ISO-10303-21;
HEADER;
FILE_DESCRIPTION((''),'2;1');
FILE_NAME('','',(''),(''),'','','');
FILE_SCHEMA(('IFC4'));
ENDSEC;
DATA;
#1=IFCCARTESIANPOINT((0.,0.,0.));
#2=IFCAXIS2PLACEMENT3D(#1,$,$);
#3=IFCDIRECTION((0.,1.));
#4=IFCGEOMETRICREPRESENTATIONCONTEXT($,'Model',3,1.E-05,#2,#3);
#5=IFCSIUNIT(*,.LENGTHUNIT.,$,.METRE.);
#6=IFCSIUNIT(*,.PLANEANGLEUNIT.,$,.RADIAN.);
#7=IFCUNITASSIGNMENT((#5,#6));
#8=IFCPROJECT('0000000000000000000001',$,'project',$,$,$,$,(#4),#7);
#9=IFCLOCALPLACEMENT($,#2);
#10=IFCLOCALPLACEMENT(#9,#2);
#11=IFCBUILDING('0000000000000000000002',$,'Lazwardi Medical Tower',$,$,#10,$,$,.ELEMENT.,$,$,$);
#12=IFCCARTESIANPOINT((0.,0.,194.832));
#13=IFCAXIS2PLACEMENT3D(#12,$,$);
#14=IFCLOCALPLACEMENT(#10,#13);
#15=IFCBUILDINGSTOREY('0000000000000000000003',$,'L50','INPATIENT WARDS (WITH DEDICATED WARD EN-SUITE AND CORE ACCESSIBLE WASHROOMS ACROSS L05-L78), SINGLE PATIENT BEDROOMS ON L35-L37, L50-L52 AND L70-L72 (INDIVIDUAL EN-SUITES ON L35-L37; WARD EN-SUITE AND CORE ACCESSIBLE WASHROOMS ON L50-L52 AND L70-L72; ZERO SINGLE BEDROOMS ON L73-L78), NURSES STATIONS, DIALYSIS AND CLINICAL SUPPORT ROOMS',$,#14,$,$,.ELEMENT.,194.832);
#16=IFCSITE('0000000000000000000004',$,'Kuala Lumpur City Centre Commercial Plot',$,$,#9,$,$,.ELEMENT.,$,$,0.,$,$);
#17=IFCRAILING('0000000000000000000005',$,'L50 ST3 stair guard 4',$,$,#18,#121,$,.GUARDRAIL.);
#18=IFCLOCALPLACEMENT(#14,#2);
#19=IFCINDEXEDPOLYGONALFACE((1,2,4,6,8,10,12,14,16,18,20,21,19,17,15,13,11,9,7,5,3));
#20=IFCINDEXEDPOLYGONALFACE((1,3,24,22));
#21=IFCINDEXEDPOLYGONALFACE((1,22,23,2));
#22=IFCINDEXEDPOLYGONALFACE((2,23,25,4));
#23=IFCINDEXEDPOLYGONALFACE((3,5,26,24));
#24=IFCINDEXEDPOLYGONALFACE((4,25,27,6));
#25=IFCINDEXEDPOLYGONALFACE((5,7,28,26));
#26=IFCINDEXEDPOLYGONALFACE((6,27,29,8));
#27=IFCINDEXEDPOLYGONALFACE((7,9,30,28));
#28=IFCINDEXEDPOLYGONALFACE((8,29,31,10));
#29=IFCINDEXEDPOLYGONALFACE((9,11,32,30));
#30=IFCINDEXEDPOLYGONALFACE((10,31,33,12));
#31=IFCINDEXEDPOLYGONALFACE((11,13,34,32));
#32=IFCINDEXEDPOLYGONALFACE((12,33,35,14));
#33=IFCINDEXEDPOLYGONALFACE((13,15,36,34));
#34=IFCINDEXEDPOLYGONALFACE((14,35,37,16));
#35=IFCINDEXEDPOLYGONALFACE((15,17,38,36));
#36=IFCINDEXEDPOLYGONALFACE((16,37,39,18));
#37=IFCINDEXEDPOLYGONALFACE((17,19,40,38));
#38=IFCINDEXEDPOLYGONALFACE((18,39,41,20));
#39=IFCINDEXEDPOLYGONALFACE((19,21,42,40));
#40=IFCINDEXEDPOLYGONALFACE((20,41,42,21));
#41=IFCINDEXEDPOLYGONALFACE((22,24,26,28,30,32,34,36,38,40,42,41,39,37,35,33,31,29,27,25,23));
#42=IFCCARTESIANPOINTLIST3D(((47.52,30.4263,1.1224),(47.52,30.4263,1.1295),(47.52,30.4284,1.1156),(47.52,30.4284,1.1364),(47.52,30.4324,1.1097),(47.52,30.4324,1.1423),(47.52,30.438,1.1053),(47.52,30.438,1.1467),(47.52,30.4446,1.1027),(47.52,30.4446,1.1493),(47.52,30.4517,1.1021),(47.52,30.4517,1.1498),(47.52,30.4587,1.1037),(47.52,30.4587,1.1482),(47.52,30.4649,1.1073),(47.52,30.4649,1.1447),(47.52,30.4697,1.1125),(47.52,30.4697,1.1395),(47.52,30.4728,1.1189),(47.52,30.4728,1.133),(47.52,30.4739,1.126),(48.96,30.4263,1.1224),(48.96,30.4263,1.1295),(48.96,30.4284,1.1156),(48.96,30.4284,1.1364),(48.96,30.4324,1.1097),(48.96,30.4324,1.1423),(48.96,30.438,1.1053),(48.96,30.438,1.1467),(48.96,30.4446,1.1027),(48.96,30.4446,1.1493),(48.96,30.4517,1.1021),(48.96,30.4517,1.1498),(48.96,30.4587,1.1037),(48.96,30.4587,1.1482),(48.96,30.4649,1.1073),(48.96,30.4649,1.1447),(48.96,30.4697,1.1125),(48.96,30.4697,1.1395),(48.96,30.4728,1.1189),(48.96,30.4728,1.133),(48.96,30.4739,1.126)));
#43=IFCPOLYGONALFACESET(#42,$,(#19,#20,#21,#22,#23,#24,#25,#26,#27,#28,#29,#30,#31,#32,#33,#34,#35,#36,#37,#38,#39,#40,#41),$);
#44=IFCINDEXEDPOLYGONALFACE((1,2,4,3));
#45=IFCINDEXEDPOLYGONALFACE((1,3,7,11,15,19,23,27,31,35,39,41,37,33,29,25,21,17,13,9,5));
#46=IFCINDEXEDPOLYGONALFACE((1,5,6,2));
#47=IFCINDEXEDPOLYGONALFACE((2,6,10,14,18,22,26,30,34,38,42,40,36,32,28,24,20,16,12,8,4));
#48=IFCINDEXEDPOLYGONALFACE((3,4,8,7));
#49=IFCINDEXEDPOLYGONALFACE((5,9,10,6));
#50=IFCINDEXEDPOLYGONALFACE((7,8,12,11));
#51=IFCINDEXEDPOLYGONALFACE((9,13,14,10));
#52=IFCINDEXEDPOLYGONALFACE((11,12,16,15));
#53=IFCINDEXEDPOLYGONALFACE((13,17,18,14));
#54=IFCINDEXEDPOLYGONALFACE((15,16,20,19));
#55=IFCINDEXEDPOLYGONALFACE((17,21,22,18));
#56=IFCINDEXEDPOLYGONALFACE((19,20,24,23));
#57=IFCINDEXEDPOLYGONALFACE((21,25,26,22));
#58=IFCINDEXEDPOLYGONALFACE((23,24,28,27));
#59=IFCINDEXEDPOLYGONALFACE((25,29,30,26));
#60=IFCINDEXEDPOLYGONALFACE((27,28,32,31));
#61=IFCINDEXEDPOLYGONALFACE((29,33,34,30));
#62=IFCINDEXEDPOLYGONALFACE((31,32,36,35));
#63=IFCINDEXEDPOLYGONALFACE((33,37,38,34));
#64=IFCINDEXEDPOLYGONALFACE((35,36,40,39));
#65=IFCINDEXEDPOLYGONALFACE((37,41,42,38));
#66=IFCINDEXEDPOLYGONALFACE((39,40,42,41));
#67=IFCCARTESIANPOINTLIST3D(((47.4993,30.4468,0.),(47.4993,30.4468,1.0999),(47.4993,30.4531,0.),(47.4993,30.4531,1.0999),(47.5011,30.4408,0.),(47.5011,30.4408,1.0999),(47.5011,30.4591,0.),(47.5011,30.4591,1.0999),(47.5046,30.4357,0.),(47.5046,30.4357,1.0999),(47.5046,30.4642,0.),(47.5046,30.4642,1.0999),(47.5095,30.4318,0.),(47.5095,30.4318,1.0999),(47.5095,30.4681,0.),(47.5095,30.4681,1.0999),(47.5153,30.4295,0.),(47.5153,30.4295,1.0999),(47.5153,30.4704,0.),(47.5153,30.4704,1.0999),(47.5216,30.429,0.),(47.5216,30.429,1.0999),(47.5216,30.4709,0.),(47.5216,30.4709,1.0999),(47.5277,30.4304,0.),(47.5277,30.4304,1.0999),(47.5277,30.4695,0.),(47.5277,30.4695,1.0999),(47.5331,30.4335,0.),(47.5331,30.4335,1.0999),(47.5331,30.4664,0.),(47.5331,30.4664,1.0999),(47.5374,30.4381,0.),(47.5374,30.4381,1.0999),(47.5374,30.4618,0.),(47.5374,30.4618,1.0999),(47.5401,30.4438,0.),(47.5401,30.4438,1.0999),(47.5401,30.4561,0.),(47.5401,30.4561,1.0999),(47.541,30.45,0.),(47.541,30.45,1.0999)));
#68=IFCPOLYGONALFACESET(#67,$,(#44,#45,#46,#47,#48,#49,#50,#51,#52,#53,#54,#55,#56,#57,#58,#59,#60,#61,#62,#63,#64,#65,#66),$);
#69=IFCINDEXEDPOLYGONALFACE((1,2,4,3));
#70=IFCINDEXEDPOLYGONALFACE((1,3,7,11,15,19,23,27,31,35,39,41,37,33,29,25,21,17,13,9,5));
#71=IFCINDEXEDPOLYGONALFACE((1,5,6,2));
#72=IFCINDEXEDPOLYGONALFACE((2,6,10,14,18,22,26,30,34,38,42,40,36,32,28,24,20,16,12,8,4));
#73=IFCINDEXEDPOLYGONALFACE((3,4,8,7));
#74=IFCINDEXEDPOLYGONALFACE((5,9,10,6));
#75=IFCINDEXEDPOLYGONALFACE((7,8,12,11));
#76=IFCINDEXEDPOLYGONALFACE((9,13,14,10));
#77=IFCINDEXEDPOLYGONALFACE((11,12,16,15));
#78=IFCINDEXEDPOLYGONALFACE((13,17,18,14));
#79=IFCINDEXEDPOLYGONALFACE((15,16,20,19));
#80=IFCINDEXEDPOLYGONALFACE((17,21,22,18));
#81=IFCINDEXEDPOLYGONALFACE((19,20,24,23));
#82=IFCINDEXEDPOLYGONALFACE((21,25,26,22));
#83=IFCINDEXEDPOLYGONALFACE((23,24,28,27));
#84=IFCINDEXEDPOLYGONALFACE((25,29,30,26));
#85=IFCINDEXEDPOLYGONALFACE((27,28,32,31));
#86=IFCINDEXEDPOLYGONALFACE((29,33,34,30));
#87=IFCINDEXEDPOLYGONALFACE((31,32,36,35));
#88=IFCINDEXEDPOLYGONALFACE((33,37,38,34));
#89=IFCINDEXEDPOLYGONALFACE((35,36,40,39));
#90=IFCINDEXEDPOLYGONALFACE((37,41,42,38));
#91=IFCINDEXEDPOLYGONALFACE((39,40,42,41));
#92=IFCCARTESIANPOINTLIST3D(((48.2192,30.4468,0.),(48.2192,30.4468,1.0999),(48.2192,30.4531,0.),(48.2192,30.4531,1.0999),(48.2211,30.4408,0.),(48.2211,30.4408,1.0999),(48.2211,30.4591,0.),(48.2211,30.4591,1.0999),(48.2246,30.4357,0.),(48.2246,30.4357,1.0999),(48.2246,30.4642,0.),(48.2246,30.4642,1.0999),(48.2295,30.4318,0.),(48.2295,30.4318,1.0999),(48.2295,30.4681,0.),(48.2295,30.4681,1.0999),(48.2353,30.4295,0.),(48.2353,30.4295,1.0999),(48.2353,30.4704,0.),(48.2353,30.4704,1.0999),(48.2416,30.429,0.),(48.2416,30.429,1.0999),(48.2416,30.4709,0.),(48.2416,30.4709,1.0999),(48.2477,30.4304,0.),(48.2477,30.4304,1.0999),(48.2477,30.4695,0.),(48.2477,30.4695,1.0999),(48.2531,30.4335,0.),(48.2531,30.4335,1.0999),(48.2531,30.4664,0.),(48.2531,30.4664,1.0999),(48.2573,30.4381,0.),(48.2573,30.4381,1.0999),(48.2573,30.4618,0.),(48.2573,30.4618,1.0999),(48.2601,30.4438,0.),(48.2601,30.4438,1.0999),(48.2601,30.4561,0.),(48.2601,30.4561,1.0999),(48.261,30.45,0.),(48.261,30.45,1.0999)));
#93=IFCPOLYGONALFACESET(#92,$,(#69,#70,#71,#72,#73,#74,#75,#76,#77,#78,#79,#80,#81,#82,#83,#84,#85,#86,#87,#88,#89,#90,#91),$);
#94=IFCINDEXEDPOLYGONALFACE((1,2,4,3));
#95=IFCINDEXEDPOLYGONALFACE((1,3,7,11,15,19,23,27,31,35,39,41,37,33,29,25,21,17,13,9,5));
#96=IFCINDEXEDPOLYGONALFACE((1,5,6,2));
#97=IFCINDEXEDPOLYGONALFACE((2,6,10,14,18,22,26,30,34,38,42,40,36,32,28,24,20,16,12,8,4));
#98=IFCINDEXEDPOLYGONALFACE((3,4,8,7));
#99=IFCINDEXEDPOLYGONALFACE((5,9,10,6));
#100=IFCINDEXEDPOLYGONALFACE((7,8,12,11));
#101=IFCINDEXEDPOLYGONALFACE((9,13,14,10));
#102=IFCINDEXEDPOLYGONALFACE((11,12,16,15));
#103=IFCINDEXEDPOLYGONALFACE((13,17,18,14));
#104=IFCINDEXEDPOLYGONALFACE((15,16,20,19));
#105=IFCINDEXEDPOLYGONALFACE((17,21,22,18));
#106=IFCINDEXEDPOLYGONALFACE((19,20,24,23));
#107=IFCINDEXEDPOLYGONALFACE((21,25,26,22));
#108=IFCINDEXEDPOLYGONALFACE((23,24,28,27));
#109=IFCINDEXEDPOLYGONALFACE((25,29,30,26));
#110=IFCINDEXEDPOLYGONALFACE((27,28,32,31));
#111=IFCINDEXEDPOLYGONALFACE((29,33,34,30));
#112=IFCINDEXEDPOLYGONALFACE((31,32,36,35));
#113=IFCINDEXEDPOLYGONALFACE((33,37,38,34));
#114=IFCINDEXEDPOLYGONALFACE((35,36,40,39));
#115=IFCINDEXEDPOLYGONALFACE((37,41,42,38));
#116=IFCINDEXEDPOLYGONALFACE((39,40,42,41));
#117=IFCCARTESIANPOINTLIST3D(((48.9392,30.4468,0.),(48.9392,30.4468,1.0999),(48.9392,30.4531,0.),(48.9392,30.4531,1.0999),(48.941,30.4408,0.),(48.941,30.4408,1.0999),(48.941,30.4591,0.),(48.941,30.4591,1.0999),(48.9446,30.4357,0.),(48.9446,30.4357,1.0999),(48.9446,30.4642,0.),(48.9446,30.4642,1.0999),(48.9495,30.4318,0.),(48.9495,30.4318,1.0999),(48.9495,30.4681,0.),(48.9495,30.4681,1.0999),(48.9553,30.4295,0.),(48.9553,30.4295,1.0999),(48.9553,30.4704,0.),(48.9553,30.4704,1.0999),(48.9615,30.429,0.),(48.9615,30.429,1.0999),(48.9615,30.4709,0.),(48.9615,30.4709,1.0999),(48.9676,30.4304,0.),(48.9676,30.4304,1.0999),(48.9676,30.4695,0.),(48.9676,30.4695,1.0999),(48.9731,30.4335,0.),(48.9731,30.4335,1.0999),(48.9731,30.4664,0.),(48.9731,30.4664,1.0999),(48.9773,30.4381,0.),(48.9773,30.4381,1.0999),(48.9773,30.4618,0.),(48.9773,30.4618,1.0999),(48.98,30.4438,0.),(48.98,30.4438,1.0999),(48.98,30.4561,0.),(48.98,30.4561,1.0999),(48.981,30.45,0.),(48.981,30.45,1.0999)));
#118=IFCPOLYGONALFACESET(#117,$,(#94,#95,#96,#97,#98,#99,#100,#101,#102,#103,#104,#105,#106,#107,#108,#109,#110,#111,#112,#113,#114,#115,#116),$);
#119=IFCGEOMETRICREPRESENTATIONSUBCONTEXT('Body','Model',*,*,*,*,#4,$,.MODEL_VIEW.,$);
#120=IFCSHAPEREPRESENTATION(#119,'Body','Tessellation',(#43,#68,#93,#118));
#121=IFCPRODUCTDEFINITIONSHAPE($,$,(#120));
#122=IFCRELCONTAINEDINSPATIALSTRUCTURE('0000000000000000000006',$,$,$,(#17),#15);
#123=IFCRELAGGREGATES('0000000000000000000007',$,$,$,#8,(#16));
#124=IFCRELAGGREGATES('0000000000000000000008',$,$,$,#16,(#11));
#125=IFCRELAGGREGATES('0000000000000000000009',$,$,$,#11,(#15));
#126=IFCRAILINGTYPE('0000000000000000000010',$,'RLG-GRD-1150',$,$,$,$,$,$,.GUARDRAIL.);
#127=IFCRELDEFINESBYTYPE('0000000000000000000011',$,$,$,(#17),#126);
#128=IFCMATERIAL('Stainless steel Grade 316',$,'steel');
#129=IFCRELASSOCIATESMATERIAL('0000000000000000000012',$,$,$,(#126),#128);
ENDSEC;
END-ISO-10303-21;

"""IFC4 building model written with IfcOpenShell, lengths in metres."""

from ifc_helpers import new_model, si_unit, direction, frame, origin, origin_2d, place, context, subcontext, project, spatial, circle, extrude, material, type_object, element, save


model = new_model("IFC4")

# Units and contexts
model_context = context("Model", 3, precision=1e-05, world=origin(), true_north=direction((0.0, 1.0)))
body_context = subcontext(model_context, "Body", "Model", "MODEL_VIEW")
ifc_project = project(units=[si_unit("LENGTHUNIT", "METRE"), si_unit("PLANEANGLEUNIT", "RADIAN")], contexts=[model_context])

# Site, building, storey
site_placement = place(None, origin())
site = spatial("IfcSite", under=ifc_project, at=site_placement, Name="Kuala Lumpur City Centre Commercial Plot", CompositionType="ELEMENT", RefElevation=0.0)
building_placement = place(site_placement, origin())
building = spatial("IfcBuilding", under=site, at=building_placement, Name="Lazwardi Medical Tower", CompositionType="ELEMENT")
storey_placement = place(building_placement, frame((0.0, 0.0, 194.832)))
storey = spatial("IfcBuildingStorey", under=building, at=storey_placement, Name="L50", Description="INPATIENT WARDS (WITH DEDICATED WARD EN-SUITE AND CORE ACCESSIBLE WASHROOMS ACROSS L05-L78), SINGLE PATIENT BEDROOMS ON L35-L37, L50-L52 AND L70-L72 (INDIVIDUAL EN-SUITES ON L35-L37; WARD EN-SUITE AND CORE ACCESSIBLE WASHROOMS ON L50-L52 AND L70-L72; ZERO SINGLE BEDROOMS ON L73-L78), NURSES STATIONS, DIALYSIS AND CLINICAL SUPPORT ROOMS", CompositionType="ELEMENT", Elevation=194.832)

# Railing
ifc_material_1 = material(Name="Stainless steel Grade 316", Category="steel")
railing_type = type_object("IfcRailingType", Name="RLG-GRD-1150", PredefinedType="GUARDRAIL", material=ifc_material_1)
railing_1_placement = place(storey_placement, frame((47.52, 30.45, 0.0)))
element("IfcRailing", 1, at=railing_1_placement, inside=storey, type_object=railing_type, Name="L50 ST3 stair guard 4", PredefinedType="GUARDRAIL", context=body_context, shape_type="SweptSolid", body=[
    extrude(circle(Radius=0.0239, at=origin_2d()), frame((0.0, 0.0, 1.126), z_axis=(1.0, 0.0, 0.0), x_axis=(0.0, 1.0, 0.0)), (0.0, 0.0, 1.0), 1.4399),
    extrude(circle(Radius=0.021, at=origin_2d()), origin(), (0.0, 0.0, 1.0), 1.0999),
    extrude(circle(Radius=0.021, at=origin_2d()), frame((0.72, 0.0, 0.0)), (0.0, 0.0, 1.0), 1.0999),
    extrude(circle(Radius=0.021, at=origin_2d()), frame((1.4399, 0.0, 0.0)), (0.0, 0.0, 1.0), 1.0999),
])

save(model, "model.ifc")
